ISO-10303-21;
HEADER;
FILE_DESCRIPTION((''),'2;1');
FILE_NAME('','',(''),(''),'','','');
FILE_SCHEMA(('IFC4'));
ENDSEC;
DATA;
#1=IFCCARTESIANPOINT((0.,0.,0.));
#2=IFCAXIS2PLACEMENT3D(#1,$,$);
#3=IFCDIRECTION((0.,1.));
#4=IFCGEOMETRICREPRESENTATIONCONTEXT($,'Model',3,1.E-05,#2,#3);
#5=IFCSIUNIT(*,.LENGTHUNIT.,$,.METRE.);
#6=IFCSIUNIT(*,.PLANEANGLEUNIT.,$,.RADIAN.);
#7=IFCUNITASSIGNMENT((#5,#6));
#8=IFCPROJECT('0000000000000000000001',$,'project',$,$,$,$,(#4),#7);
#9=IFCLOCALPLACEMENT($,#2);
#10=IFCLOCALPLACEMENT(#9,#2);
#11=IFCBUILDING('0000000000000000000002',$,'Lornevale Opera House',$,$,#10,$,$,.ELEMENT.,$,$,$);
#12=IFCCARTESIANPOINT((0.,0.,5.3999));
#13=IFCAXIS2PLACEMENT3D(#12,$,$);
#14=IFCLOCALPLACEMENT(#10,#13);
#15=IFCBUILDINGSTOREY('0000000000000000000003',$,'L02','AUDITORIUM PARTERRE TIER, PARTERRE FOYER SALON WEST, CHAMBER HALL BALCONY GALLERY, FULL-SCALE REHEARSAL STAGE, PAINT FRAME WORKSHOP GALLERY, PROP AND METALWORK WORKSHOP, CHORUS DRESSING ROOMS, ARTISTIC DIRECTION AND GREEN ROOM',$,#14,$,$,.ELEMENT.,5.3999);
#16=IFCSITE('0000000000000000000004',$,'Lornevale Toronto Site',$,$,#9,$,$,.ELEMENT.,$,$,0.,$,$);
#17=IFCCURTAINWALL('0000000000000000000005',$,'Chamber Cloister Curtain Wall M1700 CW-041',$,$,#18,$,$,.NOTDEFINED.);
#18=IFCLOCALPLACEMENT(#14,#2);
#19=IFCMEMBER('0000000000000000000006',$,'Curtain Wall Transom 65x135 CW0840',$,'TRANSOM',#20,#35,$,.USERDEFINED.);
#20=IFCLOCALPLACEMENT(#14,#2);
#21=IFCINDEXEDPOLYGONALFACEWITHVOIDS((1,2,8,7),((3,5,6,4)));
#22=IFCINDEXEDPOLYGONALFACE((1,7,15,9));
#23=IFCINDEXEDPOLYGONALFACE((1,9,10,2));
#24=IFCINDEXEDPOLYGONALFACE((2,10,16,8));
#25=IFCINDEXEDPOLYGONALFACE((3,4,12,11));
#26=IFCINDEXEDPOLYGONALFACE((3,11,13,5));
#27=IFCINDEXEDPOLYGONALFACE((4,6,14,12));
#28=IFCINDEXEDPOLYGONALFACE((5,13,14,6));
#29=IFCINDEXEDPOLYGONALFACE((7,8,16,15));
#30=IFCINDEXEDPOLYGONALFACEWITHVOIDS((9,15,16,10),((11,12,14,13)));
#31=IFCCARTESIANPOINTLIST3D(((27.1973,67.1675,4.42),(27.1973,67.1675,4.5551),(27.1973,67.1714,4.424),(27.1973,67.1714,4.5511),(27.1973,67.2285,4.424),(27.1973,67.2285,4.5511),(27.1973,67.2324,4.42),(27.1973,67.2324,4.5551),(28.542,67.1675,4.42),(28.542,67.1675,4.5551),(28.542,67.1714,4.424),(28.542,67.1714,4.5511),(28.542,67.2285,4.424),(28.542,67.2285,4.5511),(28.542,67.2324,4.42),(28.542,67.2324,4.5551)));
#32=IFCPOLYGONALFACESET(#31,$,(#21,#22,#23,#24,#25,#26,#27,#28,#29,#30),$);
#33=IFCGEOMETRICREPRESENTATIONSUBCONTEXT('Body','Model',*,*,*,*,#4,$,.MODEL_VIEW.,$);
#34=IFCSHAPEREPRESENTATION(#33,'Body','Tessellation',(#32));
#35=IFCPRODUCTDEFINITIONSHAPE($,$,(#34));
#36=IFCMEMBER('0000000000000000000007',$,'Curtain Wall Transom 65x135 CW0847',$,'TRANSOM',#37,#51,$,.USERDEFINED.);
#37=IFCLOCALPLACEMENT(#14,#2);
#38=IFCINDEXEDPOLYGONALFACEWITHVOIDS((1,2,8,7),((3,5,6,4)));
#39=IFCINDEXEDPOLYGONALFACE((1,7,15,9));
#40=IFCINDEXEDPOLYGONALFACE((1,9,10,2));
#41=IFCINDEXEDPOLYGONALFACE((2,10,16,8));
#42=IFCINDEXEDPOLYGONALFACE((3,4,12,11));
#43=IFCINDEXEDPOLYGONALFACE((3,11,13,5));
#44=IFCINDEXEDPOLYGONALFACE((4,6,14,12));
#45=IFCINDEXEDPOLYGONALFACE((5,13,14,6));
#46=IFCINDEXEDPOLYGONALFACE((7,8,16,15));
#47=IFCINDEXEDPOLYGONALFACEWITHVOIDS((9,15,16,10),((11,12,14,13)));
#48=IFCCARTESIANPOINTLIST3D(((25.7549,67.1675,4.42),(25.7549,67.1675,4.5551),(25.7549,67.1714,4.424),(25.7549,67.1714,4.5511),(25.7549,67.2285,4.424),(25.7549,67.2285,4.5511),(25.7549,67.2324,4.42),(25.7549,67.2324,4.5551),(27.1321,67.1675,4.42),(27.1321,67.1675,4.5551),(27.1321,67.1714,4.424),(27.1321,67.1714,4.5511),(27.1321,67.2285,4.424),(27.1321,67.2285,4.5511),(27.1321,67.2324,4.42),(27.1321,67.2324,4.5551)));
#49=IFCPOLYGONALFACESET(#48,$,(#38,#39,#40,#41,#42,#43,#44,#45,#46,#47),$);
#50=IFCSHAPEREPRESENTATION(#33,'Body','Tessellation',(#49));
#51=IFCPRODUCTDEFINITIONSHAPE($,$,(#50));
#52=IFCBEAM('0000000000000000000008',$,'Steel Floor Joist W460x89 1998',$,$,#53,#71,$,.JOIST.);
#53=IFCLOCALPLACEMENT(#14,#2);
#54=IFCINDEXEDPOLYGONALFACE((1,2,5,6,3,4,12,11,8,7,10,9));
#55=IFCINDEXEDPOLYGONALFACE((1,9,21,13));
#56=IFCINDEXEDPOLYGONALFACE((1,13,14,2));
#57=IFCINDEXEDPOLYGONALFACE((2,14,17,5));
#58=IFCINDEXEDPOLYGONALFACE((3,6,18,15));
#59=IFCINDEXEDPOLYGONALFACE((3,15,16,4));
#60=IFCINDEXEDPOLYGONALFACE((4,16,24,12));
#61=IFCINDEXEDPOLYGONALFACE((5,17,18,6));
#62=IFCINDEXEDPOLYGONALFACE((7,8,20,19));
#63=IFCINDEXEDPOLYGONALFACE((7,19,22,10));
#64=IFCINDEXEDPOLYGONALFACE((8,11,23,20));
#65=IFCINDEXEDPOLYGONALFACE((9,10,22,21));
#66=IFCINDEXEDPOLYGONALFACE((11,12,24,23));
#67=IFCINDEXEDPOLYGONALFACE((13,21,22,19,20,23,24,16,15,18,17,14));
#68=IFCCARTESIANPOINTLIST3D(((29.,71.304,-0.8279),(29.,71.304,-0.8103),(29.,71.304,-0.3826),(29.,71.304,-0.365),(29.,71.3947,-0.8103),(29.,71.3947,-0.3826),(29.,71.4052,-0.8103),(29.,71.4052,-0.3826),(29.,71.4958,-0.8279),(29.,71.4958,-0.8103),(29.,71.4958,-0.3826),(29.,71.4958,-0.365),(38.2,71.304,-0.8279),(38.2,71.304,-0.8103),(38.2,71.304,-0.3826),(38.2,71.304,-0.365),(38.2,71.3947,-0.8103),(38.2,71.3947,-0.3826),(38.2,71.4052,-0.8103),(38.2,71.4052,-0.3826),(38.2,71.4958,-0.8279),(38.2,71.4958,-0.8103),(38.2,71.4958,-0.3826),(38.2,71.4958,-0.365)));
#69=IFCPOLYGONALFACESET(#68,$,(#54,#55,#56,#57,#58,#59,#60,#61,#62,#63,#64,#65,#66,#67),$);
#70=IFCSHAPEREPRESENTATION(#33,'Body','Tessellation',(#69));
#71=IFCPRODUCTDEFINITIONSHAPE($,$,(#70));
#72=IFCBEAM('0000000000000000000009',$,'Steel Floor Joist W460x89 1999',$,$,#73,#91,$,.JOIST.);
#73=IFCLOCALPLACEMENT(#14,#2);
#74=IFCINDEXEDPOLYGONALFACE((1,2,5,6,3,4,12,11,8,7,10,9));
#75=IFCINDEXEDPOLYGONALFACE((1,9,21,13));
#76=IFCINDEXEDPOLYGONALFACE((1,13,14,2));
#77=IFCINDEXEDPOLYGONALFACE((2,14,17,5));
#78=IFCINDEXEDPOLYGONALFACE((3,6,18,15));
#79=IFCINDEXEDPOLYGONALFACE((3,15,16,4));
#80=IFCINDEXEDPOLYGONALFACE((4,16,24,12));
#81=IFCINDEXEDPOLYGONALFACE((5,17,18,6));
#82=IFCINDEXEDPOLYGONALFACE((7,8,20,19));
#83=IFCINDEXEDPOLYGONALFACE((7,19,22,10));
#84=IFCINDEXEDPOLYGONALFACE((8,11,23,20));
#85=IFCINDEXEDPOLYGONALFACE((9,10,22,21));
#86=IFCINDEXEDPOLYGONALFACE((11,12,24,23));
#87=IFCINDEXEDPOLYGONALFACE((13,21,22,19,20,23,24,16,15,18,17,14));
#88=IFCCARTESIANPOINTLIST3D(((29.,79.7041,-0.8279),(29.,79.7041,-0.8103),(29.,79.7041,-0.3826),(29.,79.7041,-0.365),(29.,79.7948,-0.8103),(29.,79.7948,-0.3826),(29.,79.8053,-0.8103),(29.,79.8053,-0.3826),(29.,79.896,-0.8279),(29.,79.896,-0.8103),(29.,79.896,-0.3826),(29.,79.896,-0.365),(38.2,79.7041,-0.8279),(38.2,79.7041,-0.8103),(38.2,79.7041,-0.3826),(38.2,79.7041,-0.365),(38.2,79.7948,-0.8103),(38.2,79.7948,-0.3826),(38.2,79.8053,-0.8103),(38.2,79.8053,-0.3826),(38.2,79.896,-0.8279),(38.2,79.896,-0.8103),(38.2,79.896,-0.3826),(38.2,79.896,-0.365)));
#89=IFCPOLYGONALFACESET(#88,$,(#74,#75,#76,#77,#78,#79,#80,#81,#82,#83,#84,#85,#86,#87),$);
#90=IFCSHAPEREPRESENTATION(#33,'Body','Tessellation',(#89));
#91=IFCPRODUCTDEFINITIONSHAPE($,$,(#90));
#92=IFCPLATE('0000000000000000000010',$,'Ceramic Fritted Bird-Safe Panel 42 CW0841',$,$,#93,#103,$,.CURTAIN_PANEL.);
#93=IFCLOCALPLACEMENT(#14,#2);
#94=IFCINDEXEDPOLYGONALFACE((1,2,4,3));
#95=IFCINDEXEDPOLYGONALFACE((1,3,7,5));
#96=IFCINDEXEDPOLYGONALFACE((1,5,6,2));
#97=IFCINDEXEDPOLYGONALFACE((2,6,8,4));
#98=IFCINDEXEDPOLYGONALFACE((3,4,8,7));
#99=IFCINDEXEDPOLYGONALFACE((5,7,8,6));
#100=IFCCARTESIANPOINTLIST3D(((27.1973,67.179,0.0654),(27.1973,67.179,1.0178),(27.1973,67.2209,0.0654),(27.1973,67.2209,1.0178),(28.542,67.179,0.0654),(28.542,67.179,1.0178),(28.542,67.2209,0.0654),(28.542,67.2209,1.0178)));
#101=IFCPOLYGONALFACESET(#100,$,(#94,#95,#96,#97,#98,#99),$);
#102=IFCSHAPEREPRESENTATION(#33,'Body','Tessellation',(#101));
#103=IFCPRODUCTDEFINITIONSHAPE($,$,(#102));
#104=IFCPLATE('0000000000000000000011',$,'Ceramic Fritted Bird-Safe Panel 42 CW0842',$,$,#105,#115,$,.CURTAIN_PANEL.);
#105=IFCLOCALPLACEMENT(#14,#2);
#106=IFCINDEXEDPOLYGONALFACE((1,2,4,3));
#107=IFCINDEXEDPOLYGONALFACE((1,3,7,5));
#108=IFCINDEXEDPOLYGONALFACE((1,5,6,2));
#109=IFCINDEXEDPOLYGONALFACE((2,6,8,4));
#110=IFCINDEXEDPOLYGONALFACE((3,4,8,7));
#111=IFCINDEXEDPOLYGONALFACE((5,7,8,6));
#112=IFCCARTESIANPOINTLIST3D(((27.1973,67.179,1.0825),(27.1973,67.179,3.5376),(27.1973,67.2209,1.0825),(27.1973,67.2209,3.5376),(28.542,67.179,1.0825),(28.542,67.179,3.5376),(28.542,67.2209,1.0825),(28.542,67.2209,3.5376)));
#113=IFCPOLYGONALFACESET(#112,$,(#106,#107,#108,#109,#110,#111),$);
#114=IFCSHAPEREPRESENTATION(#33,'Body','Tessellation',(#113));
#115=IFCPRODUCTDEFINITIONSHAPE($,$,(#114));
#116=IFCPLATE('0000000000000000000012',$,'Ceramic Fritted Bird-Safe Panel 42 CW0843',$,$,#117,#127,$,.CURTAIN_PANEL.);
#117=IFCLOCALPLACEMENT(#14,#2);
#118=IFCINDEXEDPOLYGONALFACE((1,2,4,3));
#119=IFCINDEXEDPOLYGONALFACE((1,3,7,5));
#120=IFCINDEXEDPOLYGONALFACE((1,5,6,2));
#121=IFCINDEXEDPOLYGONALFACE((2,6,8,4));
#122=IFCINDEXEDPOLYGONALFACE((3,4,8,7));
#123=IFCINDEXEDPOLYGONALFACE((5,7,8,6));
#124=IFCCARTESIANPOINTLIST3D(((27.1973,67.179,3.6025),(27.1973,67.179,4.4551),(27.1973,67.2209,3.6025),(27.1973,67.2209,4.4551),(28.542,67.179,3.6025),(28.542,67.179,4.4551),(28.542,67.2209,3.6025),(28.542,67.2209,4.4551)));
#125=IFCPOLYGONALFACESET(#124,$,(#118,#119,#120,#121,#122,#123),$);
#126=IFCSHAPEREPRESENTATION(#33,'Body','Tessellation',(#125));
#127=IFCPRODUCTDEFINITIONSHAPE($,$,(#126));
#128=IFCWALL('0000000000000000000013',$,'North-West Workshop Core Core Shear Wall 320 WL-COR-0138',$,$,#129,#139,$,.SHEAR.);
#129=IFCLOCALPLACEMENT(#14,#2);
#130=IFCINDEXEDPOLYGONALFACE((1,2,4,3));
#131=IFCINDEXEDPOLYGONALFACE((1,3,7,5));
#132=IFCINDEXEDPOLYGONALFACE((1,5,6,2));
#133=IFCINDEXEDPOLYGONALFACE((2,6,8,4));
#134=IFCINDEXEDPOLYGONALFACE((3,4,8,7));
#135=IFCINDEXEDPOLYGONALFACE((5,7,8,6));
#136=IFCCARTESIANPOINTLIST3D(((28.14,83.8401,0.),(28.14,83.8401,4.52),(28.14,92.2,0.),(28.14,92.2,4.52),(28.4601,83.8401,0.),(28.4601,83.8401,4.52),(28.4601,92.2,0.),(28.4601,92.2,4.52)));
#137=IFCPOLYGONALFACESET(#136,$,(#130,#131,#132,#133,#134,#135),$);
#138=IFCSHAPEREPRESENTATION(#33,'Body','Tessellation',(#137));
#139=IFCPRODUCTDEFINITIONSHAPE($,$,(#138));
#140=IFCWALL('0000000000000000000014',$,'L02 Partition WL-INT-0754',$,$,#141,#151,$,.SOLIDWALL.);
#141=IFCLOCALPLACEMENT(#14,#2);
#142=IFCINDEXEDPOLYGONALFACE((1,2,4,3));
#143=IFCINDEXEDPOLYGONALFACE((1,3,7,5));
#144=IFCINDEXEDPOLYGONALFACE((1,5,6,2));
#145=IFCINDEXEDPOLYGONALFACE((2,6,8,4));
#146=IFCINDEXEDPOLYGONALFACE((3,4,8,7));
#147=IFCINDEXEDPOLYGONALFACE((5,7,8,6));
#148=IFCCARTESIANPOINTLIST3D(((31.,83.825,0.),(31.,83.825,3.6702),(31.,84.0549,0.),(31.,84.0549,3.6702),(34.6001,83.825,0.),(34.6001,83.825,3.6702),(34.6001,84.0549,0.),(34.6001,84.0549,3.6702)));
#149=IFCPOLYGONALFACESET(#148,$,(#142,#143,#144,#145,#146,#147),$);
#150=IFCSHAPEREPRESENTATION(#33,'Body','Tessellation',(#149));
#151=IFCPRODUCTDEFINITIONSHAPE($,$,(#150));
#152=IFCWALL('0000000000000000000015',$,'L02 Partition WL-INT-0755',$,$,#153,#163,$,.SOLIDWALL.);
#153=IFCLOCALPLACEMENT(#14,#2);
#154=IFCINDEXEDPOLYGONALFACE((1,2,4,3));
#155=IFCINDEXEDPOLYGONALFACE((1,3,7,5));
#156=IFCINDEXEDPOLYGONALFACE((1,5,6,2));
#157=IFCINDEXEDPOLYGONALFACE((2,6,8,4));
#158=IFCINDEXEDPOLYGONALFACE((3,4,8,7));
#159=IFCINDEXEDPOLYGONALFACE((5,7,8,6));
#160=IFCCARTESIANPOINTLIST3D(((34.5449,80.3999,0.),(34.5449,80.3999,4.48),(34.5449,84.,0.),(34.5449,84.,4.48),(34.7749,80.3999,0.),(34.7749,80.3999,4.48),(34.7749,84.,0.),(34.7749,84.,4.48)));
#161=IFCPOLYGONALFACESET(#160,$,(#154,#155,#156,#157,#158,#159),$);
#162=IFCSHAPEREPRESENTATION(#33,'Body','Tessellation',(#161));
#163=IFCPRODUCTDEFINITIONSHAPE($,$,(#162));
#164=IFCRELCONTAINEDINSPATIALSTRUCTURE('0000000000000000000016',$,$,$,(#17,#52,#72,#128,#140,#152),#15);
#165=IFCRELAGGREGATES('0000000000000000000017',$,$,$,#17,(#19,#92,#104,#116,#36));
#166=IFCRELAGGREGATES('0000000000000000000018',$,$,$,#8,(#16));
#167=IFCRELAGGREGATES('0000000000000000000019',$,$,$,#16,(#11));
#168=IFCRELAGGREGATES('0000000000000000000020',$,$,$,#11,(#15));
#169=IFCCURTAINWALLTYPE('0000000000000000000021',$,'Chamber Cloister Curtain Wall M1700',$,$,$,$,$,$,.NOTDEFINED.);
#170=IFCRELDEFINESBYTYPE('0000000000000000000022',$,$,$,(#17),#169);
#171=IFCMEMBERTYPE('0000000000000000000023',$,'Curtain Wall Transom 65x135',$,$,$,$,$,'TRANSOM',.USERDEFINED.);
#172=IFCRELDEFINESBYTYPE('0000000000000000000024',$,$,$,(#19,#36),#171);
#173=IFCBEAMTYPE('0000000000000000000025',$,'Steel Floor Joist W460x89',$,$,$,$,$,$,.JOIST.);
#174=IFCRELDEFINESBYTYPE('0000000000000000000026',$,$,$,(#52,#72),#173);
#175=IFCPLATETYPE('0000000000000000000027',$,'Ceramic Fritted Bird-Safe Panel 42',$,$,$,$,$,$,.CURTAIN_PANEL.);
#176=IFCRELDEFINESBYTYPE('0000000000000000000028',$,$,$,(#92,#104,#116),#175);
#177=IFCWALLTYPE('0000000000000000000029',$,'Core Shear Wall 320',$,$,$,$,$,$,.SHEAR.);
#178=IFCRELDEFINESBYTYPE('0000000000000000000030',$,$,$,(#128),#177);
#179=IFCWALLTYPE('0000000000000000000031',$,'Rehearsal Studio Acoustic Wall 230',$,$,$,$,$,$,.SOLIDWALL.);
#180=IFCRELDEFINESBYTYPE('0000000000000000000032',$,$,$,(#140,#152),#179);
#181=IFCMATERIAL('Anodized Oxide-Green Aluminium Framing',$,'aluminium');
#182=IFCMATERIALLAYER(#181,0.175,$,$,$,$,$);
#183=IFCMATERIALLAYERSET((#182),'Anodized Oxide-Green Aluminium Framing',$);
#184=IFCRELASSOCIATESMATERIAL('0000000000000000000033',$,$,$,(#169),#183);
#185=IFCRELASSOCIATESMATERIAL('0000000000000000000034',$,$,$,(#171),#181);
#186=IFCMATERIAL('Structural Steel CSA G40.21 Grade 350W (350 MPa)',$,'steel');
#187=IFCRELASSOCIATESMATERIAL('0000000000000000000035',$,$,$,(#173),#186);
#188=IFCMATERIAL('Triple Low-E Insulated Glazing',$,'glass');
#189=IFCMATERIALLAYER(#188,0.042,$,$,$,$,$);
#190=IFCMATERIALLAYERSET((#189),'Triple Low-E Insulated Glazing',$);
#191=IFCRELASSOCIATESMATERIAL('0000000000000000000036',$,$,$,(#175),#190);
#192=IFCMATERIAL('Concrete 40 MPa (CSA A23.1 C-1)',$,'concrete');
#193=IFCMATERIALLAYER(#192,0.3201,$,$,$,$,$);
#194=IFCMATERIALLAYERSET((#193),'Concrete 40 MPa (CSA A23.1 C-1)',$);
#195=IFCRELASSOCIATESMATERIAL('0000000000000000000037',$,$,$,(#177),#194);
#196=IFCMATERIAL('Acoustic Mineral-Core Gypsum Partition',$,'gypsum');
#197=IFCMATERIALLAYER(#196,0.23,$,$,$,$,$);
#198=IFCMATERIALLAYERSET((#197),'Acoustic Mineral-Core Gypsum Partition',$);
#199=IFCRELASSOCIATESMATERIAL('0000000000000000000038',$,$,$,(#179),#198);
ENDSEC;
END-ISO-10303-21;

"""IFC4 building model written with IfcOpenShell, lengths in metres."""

from ifc_helpers import new_model, si_unit, direction, frame, frame_2d, origin, origin_2d, place, context, subcontext, project, spatial, rectangle, hollow_rectangle, i_section, extrude, material, layer, layer_set, material_profile, profile_set, type_object, element, aggregate, save


model = new_model("IFC4")

# Units and contexts
model_context = context("Model", 3, precision=1e-05, world=origin(), true_north=direction((0.0, 1.0)))
body_context = subcontext(model_context, "Body", "Model", "MODEL_VIEW")
ifc_project = project(units=[si_unit("LENGTHUNIT", "METRE"), si_unit("PLANEANGLEUNIT", "RADIAN")], contexts=[model_context])

# Site, building, storey
site_placement = place(None, origin())
site = spatial("IfcSite", under=ifc_project, at=site_placement, Name="Lornevale Toronto Site", CompositionType="ELEMENT", RefElevation=0.0)
building_placement = place(site_placement, origin())
building = spatial("IfcBuilding", under=site, at=building_placement, Name="Lornevale Opera House", CompositionType="ELEMENT")
storey_placement = place(building_placement, frame((0.0, 0.0, 5.3999)))
storey = spatial("IfcBuildingStorey", under=building, at=storey_placement, Name="L02", Description="AUDITORIUM PARTERRE TIER, PARTERRE FOYER SALON WEST, CHAMBER HALL BALCONY GALLERY, FULL-SCALE REHEARSAL STAGE, PAINT FRAME WORKSHOP GALLERY, PROP AND METALWORK WORKSHOP, CHORUS DRESSING ROOMS, ARTISTIC DIRECTION AND GREEN ROOM", CompositionType="ELEMENT", Elevation=5.3999)

# Shared definitions
ifc_material_1 = material(Name="Structural Steel CSA G40.21 Grade 350W (350 MPa)", Category="steel")

# Curtain wall, members
ifc_material_2 = material(Name="Anodized Oxide-Green Aluminium Framing", Category="aluminium")
ifc_layer_1 = layer(ifc_material_2, 0.175)
ifc_layer_set_1 = layer_set([ifc_layer_1], Name="Anodized Oxide-Green Aluminium Framing")
curtain_wall_type = type_object("IfcCurtainWallType", Name="Chamber Cloister Curtain Wall M1700", PredefinedType="NOTDEFINED", material=ifc_layer_set_1)
curtain_wall_placement = place(storey_placement, origin())
curtain_wall = element("IfcCurtainWall", 1, at=curtain_wall_placement, inside=storey, type_object=curtain_wall_type, Name="Chamber Cloister Curtain Wall M1700 CW-041", PredefinedType="NOTDEFINED")
ifc_material_profile_1 = material_profile(ifc_material_2, hollow_rectangle(XDim=0.0649, YDim=0.135, WallThickness=0.0039, at=origin_2d()), Name="ALU65x135x4")
ifc_profile_set_1 = profile_set([ifc_material_profile_1], Name="Anodized Oxide-Green Aluminium Framing")
member_type_1 = type_object("IfcMemberType", Name="Curtain Wall Transom 65x135", ElementType="TRANSOM", PredefinedType="USERDEFINED", material=ifc_profile_set_1)
member_1_placement = place(storey_placement, frame((28.542, 67.2, 4.4875), z_axis=(-1.0, 0.0, 0.0), x_axis=(0.0, -1.0, 0.0)))
member_1 = element("IfcMember", 2, at=member_1_placement, type_object=member_type_1, Name="Curtain Wall Transom 65x135 CW0840", ObjectType="TRANSOM", PredefinedType="USERDEFINED", context=body_context, shape_type="SweptSolid", body=[
    extrude(hollow_rectangle(XDim=0.0649, YDim=0.135, WallThickness=0.0039, at=origin_2d()), origin(), (0.0, 0.0, 1.0), 1.3447),
])
member_2_placement = place(storey_placement, frame((27.1321, 67.2, 4.4875), z_axis=(-1.0, 0.0, 0.0), x_axis=(0.0, -1.0, 0.0)))
member_2 = element("IfcMember", 3, at=member_2_placement, type_object=member_type_1, Name="Curtain Wall Transom 65x135 CW0847", ObjectType="TRANSOM", PredefinedType="USERDEFINED", context=body_context, shape_type="SweptSolid", body=[
    extrude(hollow_rectangle(XDim=0.0649, YDim=0.135, WallThickness=0.0039, at=origin_2d()), origin(), (0.0, 0.0, 1.0), 1.3772),
])

# Beams
ifc_material_profile_2 = material_profile(ifc_material_1, i_section(OverallWidth=0.1919, OverallDepth=0.4629, WebThickness=0.0105, FlangeThickness=0.0176, at=origin_2d()), Name="W460x89")
ifc_profile_set_2 = profile_set([ifc_material_profile_2], Name="Structural Steel CSA G40.21 Grade 350W (350 MPa)")
beam_type_1 = type_object("IfcBeamType", Name="Steel Floor Joist W460x89", PredefinedType="JOIST", material=ifc_profile_set_2)
for number, where, z_axis, x_axis, name in (
    (4, (29.0, 71.3999, -0.5964), (1.0, 0.0, 0.0), (0.0, 1.0, 0.0), "Steel Floor Joist W460x89 1998"),
    (5, (29.0, 79.8, -0.5964), (1.0, 0.0, 0.0), (0.0, 1.0, 0.0), "Steel Floor Joist W460x89 1999"),
):
    element("IfcBeam", number, at=place(storey_placement, frame(where, z_axis=z_axis, x_axis=x_axis)), inside=storey, type_object=beam_type_1, Name=name, PredefinedType="JOIST", context=body_context, shape_type="SweptSolid", body=[
        extrude(i_section(OverallWidth=0.1919, OverallDepth=0.4629, WebThickness=0.0105, FlangeThickness=0.0176, at=origin_2d()), origin(), (0.0, 0.0, 1.0), 9.2),
    ])

# Plates
ifc_material_3 = material(Name="Triple Low-E Insulated Glazing", Category="glass")
ifc_layer_2 = layer(ifc_material_3, 0.042)
ifc_layer_set_2 = layer_set([ifc_layer_2], Name="Triple Low-E Insulated Glazing")
plate_type = type_object("IfcPlateType", Name="Ceramic Fritted Bird-Safe Panel 42", PredefinedType="CURTAIN_PANEL", material=ifc_layer_set_2)
plate_1_placement = place(storey_placement, frame((27.8696, 67.2, 0.0654), z_axis=(0.0, 0.0, 1.0), x_axis=(-1.0, 0.0, 0.0)))
plate_1 = element("IfcPlate", 6, at=plate_1_placement, type_object=plate_type, Name="Ceramic Fritted Bird-Safe Panel 42 CW0841", PredefinedType="CURTAIN_PANEL", context=body_context, shape_type="SweptSolid", body=[
    extrude(rectangle(XDim=1.3447, YDim=0.042, at=origin_2d()), origin(), (0.0, 0.0, 1.0), 0.9524),
])
plate_2_placement = place(storey_placement, frame((27.8696, 67.2, 1.0825), z_axis=(0.0, 0.0, 1.0), x_axis=(-1.0, 0.0, 0.0)))
plate_2 = element("IfcPlate", 7, at=plate_2_placement, type_object=plate_type, Name="Ceramic Fritted Bird-Safe Panel 42 CW0842", PredefinedType="CURTAIN_PANEL", context=body_context, shape_type="SweptSolid", body=[
    extrude(rectangle(XDim=1.3447, YDim=0.042, at=origin_2d()), origin(), (0.0, 0.0, 1.0), 2.4551),
])
plate_3_placement = place(storey_placement, frame((27.8696, 67.2, 3.6025), z_axis=(0.0, 0.0, 1.0), x_axis=(-1.0, 0.0, 0.0)))
plate_3 = element("IfcPlate", 8, at=plate_3_placement, type_object=plate_type, Name="Ceramic Fritted Bird-Safe Panel 42 CW0843", PredefinedType="CURTAIN_PANEL", context=body_context, shape_type="SweptSolid", body=[
    extrude(rectangle(XDim=1.3447, YDim=0.042, at=origin_2d()), origin(), (0.0, 0.0, 1.0), 0.8525),
])
aggregate(curtain_wall, [member_1, plate_1, plate_2, plate_3, member_2])

# Walls
ifc_material_4 = material(Name="Concrete 40 MPa (CSA A23.1 C-1)", Category="concrete")
ifc_layer_3 = layer(ifc_material_4, 0.3201)
ifc_layer_set_3 = layer_set([ifc_layer_3], Name="Concrete 40 MPa (CSA A23.1 C-1)")
wall_type_1 = type_object("IfcWallType", Name="Core Shear Wall 320", PredefinedType="SHEAR", material=ifc_layer_set_3)
wall_1_placement = place(storey_placement, frame((28.3, 83.8401, 0.0), z_axis=(0.0, 0.0, 1.0), x_axis=(0.0, 1.0, 0.0)))
element("IfcWall", 9, at=wall_1_placement, inside=storey, type_object=wall_type_1, Name="North-West Workshop Core Core Shear Wall 320 WL-COR-0138", PredefinedType="SHEAR", context=body_context, shape_type="SweptSolid", body=[
    extrude(rectangle(XDim=8.3599, YDim=0.3201, at=frame_2d((4.1799, 0.0))), origin(), (0.0, 0.0, 1.0), 4.52),
])
ifc_material_5 = material(Name="Acoustic Mineral-Core Gypsum Partition", Category="gypsum")
ifc_layer_4 = layer(ifc_material_5, 0.23)
ifc_layer_set_4 = layer_set([ifc_layer_4], Name="Acoustic Mineral-Core Gypsum Partition")
wall_type_2 = type_object("IfcWallType", Name="Rehearsal Studio Acoustic Wall 230", PredefinedType="SOLIDWALL", material=ifc_layer_set_4)
wall_2_placement = place(storey_placement, frame((31.0, 83.9399, 0.0), z_axis=(0.0, 0.0, 1.0), x_axis=(1.0, 0.0, 0.0)))
element("IfcWall", 10, at=wall_2_placement, inside=storey, type_object=wall_type_2, Name="L02 Partition WL-INT-0754", PredefinedType="SOLIDWALL", context=body_context, shape_type="SweptSolid", body=[
    extrude(rectangle(XDim=3.6001, YDim=0.23, at=frame_2d((1.8, 0.0))), origin(), (0.0, 0.0, 1.0), 3.6702),
])
wall_3_placement = place(storey_placement, frame((34.6599, 80.3999, 0.0), z_axis=(0.0, 0.0, 1.0), x_axis=(0.0, 1.0, 0.0)))
element("IfcWall", 11, at=wall_3_placement, inside=storey, type_object=wall_type_2, Name="L02 Partition WL-INT-0755", PredefinedType="SOLIDWALL", context=body_context, shape_type="SweptSolid", body=[
    extrude(rectangle(XDim=3.6001, YDim=0.23, at=frame_2d((1.8, 0.0))), origin(), (0.0, 0.0, 1.0), 4.48),
])

save(model, "model.ifc")
